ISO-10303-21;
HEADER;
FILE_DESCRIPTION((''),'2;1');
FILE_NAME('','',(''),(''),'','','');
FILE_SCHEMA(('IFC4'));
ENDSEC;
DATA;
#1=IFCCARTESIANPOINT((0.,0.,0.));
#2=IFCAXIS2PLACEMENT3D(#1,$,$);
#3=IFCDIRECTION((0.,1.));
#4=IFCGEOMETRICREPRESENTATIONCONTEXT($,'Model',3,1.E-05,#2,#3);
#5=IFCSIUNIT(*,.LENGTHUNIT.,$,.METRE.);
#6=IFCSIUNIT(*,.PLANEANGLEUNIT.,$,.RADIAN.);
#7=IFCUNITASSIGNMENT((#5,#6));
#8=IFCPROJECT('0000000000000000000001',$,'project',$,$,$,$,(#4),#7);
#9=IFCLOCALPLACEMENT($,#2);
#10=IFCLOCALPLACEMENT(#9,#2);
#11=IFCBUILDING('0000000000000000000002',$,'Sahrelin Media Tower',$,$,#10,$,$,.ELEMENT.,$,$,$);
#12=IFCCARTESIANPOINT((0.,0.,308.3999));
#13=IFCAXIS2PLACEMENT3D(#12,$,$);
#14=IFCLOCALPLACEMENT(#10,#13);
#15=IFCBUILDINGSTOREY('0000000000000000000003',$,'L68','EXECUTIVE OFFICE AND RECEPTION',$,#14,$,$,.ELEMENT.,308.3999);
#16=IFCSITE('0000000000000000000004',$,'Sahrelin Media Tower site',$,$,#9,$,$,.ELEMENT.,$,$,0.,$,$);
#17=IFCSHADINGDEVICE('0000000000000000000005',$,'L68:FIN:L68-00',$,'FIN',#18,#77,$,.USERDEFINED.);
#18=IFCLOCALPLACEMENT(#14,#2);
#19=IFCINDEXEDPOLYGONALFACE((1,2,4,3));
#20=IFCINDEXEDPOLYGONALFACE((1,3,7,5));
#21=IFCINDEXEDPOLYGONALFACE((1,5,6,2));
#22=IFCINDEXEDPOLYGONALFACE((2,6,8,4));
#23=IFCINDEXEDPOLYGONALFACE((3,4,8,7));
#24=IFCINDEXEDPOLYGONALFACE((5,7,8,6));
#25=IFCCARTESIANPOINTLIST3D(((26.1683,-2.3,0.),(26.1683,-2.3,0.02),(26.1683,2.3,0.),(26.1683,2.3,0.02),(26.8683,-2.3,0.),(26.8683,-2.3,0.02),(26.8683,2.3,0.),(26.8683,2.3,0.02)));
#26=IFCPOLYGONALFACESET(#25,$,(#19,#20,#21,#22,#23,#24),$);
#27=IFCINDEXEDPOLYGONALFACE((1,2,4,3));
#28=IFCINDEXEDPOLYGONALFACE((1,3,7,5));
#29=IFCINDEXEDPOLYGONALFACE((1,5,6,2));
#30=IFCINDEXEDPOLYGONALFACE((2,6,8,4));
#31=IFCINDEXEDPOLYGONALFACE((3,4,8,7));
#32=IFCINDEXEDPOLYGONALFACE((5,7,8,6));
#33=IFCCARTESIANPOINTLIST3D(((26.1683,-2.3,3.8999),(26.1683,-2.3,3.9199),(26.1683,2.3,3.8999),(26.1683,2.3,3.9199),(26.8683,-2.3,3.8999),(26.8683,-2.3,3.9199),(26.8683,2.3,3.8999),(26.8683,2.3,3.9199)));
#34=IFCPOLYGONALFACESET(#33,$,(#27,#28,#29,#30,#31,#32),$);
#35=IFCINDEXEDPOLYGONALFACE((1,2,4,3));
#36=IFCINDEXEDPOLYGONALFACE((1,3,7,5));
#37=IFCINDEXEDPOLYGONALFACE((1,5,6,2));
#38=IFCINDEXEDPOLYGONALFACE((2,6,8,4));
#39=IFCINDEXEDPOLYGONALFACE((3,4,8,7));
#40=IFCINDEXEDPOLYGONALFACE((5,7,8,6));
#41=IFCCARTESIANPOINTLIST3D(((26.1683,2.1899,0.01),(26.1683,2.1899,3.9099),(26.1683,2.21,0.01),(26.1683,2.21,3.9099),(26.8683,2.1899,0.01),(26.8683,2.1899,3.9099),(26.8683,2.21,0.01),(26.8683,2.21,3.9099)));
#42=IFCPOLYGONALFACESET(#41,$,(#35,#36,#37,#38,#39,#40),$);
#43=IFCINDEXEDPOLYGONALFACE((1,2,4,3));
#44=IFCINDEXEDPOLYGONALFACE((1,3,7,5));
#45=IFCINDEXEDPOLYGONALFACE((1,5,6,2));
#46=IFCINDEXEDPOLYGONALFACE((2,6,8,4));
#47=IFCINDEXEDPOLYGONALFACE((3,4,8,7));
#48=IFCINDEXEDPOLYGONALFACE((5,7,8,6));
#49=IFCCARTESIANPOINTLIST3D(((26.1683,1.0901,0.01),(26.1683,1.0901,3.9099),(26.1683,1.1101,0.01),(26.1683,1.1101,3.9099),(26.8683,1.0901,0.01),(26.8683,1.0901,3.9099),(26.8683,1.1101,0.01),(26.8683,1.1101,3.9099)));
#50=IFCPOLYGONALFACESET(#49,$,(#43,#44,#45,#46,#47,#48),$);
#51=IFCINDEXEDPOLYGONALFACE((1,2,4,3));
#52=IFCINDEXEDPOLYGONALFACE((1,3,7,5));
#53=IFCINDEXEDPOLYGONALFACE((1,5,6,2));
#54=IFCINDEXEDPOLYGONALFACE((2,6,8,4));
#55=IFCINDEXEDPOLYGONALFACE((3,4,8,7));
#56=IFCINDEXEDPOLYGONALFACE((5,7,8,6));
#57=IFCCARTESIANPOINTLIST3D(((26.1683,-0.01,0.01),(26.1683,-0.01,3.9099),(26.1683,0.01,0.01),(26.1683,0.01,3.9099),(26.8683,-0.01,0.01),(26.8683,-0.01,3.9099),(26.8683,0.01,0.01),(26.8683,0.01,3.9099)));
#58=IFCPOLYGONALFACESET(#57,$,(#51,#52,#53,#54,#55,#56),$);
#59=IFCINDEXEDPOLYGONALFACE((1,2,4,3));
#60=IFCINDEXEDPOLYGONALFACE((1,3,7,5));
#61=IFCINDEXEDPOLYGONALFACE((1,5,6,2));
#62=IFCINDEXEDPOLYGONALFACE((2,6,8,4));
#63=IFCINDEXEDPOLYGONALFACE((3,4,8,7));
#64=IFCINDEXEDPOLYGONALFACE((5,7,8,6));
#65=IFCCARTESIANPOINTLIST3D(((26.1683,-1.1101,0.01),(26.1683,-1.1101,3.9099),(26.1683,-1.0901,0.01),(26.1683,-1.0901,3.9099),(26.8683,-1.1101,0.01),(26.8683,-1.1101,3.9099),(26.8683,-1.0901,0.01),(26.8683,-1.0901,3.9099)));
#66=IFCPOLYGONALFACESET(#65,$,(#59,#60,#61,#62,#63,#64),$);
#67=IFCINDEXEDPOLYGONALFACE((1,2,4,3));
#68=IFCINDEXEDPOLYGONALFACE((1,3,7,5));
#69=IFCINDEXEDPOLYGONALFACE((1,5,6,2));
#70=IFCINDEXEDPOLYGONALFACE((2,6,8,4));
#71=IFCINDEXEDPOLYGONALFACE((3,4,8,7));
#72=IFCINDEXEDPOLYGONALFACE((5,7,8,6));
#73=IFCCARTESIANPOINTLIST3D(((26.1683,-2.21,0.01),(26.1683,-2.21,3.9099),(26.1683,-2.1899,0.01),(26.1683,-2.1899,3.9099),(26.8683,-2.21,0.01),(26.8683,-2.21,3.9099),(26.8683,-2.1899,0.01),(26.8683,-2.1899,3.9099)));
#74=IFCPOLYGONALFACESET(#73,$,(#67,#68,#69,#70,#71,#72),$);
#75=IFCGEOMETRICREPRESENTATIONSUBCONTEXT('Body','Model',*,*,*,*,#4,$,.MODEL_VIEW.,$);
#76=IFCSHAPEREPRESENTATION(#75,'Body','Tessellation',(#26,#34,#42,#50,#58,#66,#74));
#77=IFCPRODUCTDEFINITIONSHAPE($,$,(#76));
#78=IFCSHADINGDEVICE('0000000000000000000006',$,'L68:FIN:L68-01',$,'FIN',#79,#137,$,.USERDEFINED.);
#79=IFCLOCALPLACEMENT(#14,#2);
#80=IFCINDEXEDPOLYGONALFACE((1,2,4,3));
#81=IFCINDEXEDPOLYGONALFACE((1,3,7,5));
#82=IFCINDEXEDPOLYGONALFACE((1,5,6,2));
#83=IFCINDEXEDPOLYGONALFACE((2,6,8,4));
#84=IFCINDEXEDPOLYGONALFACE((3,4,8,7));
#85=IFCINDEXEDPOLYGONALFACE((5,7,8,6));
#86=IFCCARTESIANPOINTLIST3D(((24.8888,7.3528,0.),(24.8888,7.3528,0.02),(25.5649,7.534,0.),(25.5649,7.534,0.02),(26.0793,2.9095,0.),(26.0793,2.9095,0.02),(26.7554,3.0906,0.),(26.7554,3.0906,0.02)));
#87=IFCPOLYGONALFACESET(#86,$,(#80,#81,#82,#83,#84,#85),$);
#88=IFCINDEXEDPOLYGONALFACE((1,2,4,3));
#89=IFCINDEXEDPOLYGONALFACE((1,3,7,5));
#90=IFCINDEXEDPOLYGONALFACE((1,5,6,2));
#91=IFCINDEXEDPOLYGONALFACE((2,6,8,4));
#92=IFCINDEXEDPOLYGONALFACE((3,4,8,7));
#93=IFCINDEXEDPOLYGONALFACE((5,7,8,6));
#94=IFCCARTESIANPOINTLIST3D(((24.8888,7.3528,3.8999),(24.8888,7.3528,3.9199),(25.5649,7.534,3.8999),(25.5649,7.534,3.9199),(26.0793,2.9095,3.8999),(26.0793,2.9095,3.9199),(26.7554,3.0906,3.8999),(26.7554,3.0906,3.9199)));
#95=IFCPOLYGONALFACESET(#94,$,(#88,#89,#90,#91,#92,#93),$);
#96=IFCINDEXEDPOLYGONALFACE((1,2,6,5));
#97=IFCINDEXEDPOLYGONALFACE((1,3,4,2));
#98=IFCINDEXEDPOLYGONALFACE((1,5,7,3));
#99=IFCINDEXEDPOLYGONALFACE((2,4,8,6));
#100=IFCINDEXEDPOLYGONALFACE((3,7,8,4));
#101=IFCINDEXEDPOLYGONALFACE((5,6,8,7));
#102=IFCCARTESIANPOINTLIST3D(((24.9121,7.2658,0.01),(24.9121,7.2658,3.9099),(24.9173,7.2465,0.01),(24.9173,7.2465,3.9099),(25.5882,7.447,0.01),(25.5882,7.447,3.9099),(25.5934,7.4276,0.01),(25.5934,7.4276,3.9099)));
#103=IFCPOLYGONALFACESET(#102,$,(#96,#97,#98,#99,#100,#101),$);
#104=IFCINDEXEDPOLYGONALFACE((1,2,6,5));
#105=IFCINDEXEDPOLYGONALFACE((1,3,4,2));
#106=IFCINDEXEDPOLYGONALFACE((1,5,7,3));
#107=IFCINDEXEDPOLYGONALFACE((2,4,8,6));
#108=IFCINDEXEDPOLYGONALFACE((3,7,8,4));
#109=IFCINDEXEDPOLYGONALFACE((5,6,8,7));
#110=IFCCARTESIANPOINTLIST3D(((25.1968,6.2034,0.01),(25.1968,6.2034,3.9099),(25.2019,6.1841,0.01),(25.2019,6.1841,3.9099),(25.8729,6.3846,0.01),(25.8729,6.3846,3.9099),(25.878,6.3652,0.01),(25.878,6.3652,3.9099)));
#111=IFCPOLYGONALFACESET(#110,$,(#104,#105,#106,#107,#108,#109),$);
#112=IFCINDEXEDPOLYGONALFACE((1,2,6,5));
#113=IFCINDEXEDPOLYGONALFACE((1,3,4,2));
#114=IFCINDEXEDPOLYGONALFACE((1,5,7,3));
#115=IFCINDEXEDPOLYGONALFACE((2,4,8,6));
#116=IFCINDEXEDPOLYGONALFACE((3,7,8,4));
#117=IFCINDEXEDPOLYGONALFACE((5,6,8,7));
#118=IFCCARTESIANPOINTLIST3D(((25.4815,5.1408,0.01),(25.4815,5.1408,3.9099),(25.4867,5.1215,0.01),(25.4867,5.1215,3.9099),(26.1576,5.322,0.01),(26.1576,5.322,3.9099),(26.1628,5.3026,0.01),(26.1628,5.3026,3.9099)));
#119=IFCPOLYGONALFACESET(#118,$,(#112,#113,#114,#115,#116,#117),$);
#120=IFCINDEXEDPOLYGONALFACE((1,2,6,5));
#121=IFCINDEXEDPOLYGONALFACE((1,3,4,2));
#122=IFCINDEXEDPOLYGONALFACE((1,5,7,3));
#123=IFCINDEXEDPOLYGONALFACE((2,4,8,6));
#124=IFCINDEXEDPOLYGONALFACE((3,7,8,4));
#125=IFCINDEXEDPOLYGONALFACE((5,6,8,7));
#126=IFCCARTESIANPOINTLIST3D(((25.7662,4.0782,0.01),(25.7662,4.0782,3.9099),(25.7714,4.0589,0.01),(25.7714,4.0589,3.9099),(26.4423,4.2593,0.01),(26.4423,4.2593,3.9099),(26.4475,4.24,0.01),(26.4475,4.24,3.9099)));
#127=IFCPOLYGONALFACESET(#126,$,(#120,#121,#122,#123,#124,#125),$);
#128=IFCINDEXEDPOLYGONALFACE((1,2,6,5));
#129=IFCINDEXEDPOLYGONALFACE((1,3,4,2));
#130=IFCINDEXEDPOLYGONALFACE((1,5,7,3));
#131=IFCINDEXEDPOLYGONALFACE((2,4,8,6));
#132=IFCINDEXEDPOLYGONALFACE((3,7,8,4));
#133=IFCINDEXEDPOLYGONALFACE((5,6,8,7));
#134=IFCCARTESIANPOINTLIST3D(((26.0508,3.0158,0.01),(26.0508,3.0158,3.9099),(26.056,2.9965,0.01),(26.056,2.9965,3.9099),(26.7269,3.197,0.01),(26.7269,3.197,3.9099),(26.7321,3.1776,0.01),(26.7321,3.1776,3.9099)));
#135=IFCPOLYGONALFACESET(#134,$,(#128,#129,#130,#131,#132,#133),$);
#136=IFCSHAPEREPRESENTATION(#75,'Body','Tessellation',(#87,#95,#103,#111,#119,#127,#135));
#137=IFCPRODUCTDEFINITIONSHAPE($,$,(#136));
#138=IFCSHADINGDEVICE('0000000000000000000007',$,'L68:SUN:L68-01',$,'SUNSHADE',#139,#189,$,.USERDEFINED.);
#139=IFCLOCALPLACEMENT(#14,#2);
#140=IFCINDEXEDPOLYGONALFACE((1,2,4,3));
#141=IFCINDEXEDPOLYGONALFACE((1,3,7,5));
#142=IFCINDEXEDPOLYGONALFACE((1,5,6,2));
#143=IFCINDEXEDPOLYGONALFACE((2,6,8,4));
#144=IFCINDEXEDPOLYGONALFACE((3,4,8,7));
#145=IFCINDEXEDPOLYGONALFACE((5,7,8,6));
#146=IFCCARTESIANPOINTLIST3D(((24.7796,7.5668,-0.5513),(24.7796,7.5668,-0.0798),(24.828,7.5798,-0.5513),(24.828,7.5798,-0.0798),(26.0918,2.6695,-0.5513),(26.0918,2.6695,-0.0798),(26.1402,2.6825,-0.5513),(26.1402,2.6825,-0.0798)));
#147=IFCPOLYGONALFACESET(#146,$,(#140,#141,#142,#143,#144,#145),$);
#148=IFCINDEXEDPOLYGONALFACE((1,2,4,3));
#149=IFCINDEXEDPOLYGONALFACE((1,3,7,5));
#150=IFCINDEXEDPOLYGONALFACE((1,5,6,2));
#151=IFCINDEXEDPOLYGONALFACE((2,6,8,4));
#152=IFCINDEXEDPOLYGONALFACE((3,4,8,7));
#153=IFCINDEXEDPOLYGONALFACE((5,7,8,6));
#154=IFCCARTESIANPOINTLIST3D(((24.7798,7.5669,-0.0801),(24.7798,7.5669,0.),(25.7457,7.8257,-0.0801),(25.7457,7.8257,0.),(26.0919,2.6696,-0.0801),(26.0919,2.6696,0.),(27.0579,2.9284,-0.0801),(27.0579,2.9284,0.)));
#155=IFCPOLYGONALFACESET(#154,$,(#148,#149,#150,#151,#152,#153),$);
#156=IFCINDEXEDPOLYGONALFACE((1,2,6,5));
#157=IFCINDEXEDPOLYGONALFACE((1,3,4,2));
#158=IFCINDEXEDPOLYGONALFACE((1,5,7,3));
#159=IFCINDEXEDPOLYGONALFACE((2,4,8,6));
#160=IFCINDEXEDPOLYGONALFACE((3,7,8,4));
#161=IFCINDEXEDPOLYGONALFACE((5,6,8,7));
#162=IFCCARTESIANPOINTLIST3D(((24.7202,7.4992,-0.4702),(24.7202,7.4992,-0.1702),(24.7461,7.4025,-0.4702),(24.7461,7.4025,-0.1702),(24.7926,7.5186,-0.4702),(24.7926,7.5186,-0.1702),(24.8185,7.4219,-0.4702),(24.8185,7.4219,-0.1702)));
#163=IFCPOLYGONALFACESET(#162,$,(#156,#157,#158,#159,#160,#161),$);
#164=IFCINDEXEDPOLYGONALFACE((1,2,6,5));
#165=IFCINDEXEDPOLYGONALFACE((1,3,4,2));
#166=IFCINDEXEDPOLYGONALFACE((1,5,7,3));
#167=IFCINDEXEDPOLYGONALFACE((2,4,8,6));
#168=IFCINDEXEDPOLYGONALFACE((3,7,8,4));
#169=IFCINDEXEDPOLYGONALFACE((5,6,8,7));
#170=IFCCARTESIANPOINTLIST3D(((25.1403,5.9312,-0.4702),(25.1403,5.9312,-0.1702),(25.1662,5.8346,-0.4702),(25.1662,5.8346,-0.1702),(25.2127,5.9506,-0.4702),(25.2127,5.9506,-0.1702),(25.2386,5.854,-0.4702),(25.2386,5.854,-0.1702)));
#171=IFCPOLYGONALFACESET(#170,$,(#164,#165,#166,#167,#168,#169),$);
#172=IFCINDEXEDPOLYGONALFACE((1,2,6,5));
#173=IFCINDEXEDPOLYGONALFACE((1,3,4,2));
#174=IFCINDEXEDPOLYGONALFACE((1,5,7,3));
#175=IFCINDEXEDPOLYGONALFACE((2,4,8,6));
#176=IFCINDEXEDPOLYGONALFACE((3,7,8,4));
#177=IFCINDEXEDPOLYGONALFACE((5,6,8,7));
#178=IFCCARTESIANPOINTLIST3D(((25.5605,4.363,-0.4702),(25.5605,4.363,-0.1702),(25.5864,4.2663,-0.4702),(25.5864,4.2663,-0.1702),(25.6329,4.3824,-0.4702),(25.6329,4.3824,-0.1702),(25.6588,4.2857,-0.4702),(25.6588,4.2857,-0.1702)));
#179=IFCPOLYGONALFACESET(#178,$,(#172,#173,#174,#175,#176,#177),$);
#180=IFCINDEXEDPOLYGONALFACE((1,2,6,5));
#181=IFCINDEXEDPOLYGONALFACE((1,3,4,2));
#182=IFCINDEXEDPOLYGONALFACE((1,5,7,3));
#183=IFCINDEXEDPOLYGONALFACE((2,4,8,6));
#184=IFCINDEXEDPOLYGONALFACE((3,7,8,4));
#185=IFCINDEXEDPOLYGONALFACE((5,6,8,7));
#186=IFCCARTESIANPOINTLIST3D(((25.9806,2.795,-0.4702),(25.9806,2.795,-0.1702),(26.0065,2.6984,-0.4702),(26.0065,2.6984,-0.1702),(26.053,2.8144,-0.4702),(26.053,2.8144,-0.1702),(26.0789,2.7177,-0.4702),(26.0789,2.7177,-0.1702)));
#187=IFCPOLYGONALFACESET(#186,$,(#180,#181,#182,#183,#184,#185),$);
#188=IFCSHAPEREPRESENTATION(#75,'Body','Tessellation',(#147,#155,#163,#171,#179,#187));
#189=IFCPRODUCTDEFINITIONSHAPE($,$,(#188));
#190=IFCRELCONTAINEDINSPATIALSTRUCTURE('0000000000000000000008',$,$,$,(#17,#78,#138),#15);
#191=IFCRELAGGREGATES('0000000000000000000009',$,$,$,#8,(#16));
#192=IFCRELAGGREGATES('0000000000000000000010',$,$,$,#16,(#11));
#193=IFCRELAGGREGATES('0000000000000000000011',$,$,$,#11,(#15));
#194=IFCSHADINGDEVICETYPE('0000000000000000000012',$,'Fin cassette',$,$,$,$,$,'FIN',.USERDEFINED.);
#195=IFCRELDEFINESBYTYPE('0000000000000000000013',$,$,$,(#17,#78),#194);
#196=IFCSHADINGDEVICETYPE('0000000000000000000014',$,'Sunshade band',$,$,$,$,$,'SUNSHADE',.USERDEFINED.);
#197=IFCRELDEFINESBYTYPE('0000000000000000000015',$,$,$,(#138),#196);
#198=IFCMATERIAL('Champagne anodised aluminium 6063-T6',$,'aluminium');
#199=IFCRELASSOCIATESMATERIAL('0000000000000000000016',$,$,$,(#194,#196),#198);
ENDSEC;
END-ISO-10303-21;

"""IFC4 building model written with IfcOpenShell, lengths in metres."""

from ifc_helpers import new_model, si_unit, direction, frame, origin, origin_2d, place, context, subcontext, project, spatial, rectangle, extrude, material, type_object, element, save


model = new_model("IFC4")

# Units and contexts
model_context = context("Model", 3, precision=1e-05, world=origin(), true_north=direction((0.0, 1.0)))
body_context = subcontext(model_context, "Body", "Model", "MODEL_VIEW")
ifc_project = project(units=[si_unit("LENGTHUNIT", "METRE"), si_unit("PLANEANGLEUNIT", "RADIAN")], contexts=[model_context])

# Site, building, storey
site_placement = place(None, origin())
site = spatial("IfcSite", under=ifc_project, at=site_placement, Name="Sahrelin Media Tower site", CompositionType="ELEMENT", RefElevation=0.0)
building_placement = place(site_placement, origin())
building = spatial("IfcBuilding", under=site, at=building_placement, Name="Sahrelin Media Tower", CompositionType="ELEMENT")
storey_placement = place(building_placement, frame((0.0, 0.0, 308.3999)))
storey = spatial("IfcBuildingStorey", under=building, at=storey_placement, Name="L68", Description="EXECUTIVE OFFICE AND RECEPTION", CompositionType="ELEMENT", Elevation=308.3999)

# Shared definitions
ifc_material_1 = material(Name="Champagne anodised aluminium 6063-T6", Category="aluminium")

# Shading devices
shading_device_type_1 = type_object("IfcShadingDeviceType", Name="Fin cassette", ElementType="FIN", PredefinedType="USERDEFINED", material=ifc_material_1)
shading_device_1_placement = place(storey_placement, frame((26.0984, 0.0, 0.0), z_axis=(0.0, 0.0, 1.0), x_axis=(0.0, -1.0, 0.0)))
element("IfcShadingDevice", 1, at=shading_device_1_placement, inside=storey, type_object=shading_device_type_1, Name="L68:FIN:L68-00", ObjectType="FIN", PredefinedType="USERDEFINED", context=body_context, shape_type="SweptSolid", body=[
    extrude(rectangle(XDim=4.6001, YDim=0.7, at=origin_2d()), frame((0.0, 0.4199, 0.0)), (0.0, 0.0, 1.0), 0.02),
    extrude(rectangle(XDim=4.6001, YDim=0.7, at=origin_2d()), frame((0.0, 0.4199, 3.8999)), (0.0, 0.0, 1.0), 0.02),
    extrude(rectangle(XDim=0.02, YDim=0.7, at=origin_2d()), frame((-2.2, 0.4199, 0.01), z_axis=(0.0, 0.0, 1.0), x_axis=(1.0, 0.0, 0.0)), (0.0, 0.0, 1.0), 3.8999),
    extrude(rectangle(XDim=0.02, YDim=0.7, at=origin_2d()), frame((-1.1001, 0.4199, 0.01), z_axis=(0.0, 0.0, 1.0), x_axis=(1.0, 0.0, 0.0)), (0.0, 0.0, 1.0), 3.8999),
    extrude(rectangle(XDim=0.02, YDim=0.7, at=origin_2d()), frame((0.0, 0.4199, 0.01), z_axis=(0.0, 0.0, 1.0), x_axis=(1.0, 0.0, 0.0)), (0.0, 0.0, 1.0), 3.8999),
    extrude(rectangle(XDim=0.02, YDim=0.7, at=origin_2d()), frame((1.1001, 0.4199, 0.01), z_axis=(0.0, 0.0, 1.0), x_axis=(1.0, 0.0, 0.0)), (0.0, 0.0, 1.0), 3.8999),
    extrude(rectangle(XDim=0.02, YDim=0.7, at=origin_2d()), frame((2.2, 0.4199, 0.01), z_axis=(0.0, 0.0, 1.0), x_axis=(1.0, 0.0, 0.0)), (0.0, 0.0, 1.0), 3.8999),
])
placement = place(storey_placement, frame((25.4165, 5.113, 0.0), z_axis=(0.0, 0.0, 1.0), x_axis=(0.258808, -0.965929, 0.0)))
element("IfcShadingDevice", 2, at=placement, inside=storey, type_object=shading_device_type_1, Name="L68:FIN:L68-01", ObjectType="FIN", PredefinedType="USERDEFINED", context=body_context, shape_type="SweptSolid", body=[
    extrude(rectangle(XDim=4.6001, YDim=0.7, at=origin_2d()), frame((0.0, 0.4199, 0.0)), (0.0, 0.0, 1.0), 0.02),
    extrude(rectangle(XDim=4.6001, YDim=0.7, at=origin_2d()), frame((0.0, 0.4199, 3.8999)), (0.0, 0.0, 1.0), 0.02),
    extrude(rectangle(XDim=0.02, YDim=0.7, at=origin_2d()), frame((-2.2, 0.4199, 0.01), z_axis=(0.0, 0.0, 1.0), x_axis=(1.0, 0.0, 0.0)), (0.0, 0.0, 1.0), 3.8999),
    extrude(rectangle(XDim=0.02, YDim=0.7, at=origin_2d()), frame((-1.1001, 0.4199, 0.01), z_axis=(0.0, 0.0, 1.0), x_axis=(1.0, 0.0, 0.0)), (0.0, 0.0, 1.0), 3.8999),
    extrude(rectangle(XDim=0.02, YDim=0.7, at=origin_2d()), frame((0.0, 0.4199, 0.01), z_axis=(0.0, 0.0, 1.0), x_axis=(1.0, 0.0, 0.0)), (0.0, 0.0, 1.0), 3.8999),
    extrude(rectangle(XDim=0.02, YDim=0.7, at=origin_2d()), frame((1.1001, 0.4199, 0.01), z_axis=(0.0, 0.0, 1.0), x_axis=(1.0, 0.0, 0.0)), (0.0, 0.0, 1.0), 3.8999),
    extrude(rectangle(XDim=0.02, YDim=0.7, at=origin_2d()), frame((2.2, 0.4199, 0.01), z_axis=(0.0, 0.0, 1.0), x_axis=(1.0, 0.0, 0.0)), (0.0, 0.0, 1.0), 3.8999),
])
shading_device_type_2 = type_object("IfcShadingDeviceType", Name="Sunshade band", ElementType="SUNSHADE", PredefinedType="USERDEFINED", material=ifc_material_1)
element("IfcShadingDevice", 3, at=placement, inside=storey, type_object=shading_device_type_2, Name="L68:SUN:L68-01", ObjectType="SUNSHADE", PredefinedType="USERDEFINED", context=body_context, shape_type="SweptSolid", body=[
    extrude(rectangle(XDim=5.0701, YDim=0.05, at=origin_2d()), frame((0.0, 0.0449, -0.5513)), (0.0, 0.0, 1.0), 0.4714),
    extrude(rectangle(XDim=5.0701, YDim=1.0, at=origin_2d()), frame((0.0, 0.52, -0.0801)), (0.0, 0.0, 1.0), 0.0801),
    extrude(rectangle(XDim=0.1001, YDim=0.075, at=origin_2d()), frame((-2.4351, -0.0176, -0.4702)), (0.0, 0.0, 1.0), 0.3),
    extrude(rectangle(XDim=0.1001, YDim=0.075, at=origin_2d()), frame((-0.8118, -0.0176, -0.4702)), (0.0, 0.0, 1.0), 0.3),
    extrude(rectangle(XDim=0.1001, YDim=0.075, at=origin_2d()), frame((0.8118, -0.0176, -0.4702)), (0.0, 0.0, 1.0), 0.3),
    extrude(rectangle(XDim=0.1001, YDim=0.075, at=origin_2d()), frame((2.4351, -0.0176, -0.4702)), (0.0, 0.0, 1.0), 0.3),
])

save(model, "model.ifc")
